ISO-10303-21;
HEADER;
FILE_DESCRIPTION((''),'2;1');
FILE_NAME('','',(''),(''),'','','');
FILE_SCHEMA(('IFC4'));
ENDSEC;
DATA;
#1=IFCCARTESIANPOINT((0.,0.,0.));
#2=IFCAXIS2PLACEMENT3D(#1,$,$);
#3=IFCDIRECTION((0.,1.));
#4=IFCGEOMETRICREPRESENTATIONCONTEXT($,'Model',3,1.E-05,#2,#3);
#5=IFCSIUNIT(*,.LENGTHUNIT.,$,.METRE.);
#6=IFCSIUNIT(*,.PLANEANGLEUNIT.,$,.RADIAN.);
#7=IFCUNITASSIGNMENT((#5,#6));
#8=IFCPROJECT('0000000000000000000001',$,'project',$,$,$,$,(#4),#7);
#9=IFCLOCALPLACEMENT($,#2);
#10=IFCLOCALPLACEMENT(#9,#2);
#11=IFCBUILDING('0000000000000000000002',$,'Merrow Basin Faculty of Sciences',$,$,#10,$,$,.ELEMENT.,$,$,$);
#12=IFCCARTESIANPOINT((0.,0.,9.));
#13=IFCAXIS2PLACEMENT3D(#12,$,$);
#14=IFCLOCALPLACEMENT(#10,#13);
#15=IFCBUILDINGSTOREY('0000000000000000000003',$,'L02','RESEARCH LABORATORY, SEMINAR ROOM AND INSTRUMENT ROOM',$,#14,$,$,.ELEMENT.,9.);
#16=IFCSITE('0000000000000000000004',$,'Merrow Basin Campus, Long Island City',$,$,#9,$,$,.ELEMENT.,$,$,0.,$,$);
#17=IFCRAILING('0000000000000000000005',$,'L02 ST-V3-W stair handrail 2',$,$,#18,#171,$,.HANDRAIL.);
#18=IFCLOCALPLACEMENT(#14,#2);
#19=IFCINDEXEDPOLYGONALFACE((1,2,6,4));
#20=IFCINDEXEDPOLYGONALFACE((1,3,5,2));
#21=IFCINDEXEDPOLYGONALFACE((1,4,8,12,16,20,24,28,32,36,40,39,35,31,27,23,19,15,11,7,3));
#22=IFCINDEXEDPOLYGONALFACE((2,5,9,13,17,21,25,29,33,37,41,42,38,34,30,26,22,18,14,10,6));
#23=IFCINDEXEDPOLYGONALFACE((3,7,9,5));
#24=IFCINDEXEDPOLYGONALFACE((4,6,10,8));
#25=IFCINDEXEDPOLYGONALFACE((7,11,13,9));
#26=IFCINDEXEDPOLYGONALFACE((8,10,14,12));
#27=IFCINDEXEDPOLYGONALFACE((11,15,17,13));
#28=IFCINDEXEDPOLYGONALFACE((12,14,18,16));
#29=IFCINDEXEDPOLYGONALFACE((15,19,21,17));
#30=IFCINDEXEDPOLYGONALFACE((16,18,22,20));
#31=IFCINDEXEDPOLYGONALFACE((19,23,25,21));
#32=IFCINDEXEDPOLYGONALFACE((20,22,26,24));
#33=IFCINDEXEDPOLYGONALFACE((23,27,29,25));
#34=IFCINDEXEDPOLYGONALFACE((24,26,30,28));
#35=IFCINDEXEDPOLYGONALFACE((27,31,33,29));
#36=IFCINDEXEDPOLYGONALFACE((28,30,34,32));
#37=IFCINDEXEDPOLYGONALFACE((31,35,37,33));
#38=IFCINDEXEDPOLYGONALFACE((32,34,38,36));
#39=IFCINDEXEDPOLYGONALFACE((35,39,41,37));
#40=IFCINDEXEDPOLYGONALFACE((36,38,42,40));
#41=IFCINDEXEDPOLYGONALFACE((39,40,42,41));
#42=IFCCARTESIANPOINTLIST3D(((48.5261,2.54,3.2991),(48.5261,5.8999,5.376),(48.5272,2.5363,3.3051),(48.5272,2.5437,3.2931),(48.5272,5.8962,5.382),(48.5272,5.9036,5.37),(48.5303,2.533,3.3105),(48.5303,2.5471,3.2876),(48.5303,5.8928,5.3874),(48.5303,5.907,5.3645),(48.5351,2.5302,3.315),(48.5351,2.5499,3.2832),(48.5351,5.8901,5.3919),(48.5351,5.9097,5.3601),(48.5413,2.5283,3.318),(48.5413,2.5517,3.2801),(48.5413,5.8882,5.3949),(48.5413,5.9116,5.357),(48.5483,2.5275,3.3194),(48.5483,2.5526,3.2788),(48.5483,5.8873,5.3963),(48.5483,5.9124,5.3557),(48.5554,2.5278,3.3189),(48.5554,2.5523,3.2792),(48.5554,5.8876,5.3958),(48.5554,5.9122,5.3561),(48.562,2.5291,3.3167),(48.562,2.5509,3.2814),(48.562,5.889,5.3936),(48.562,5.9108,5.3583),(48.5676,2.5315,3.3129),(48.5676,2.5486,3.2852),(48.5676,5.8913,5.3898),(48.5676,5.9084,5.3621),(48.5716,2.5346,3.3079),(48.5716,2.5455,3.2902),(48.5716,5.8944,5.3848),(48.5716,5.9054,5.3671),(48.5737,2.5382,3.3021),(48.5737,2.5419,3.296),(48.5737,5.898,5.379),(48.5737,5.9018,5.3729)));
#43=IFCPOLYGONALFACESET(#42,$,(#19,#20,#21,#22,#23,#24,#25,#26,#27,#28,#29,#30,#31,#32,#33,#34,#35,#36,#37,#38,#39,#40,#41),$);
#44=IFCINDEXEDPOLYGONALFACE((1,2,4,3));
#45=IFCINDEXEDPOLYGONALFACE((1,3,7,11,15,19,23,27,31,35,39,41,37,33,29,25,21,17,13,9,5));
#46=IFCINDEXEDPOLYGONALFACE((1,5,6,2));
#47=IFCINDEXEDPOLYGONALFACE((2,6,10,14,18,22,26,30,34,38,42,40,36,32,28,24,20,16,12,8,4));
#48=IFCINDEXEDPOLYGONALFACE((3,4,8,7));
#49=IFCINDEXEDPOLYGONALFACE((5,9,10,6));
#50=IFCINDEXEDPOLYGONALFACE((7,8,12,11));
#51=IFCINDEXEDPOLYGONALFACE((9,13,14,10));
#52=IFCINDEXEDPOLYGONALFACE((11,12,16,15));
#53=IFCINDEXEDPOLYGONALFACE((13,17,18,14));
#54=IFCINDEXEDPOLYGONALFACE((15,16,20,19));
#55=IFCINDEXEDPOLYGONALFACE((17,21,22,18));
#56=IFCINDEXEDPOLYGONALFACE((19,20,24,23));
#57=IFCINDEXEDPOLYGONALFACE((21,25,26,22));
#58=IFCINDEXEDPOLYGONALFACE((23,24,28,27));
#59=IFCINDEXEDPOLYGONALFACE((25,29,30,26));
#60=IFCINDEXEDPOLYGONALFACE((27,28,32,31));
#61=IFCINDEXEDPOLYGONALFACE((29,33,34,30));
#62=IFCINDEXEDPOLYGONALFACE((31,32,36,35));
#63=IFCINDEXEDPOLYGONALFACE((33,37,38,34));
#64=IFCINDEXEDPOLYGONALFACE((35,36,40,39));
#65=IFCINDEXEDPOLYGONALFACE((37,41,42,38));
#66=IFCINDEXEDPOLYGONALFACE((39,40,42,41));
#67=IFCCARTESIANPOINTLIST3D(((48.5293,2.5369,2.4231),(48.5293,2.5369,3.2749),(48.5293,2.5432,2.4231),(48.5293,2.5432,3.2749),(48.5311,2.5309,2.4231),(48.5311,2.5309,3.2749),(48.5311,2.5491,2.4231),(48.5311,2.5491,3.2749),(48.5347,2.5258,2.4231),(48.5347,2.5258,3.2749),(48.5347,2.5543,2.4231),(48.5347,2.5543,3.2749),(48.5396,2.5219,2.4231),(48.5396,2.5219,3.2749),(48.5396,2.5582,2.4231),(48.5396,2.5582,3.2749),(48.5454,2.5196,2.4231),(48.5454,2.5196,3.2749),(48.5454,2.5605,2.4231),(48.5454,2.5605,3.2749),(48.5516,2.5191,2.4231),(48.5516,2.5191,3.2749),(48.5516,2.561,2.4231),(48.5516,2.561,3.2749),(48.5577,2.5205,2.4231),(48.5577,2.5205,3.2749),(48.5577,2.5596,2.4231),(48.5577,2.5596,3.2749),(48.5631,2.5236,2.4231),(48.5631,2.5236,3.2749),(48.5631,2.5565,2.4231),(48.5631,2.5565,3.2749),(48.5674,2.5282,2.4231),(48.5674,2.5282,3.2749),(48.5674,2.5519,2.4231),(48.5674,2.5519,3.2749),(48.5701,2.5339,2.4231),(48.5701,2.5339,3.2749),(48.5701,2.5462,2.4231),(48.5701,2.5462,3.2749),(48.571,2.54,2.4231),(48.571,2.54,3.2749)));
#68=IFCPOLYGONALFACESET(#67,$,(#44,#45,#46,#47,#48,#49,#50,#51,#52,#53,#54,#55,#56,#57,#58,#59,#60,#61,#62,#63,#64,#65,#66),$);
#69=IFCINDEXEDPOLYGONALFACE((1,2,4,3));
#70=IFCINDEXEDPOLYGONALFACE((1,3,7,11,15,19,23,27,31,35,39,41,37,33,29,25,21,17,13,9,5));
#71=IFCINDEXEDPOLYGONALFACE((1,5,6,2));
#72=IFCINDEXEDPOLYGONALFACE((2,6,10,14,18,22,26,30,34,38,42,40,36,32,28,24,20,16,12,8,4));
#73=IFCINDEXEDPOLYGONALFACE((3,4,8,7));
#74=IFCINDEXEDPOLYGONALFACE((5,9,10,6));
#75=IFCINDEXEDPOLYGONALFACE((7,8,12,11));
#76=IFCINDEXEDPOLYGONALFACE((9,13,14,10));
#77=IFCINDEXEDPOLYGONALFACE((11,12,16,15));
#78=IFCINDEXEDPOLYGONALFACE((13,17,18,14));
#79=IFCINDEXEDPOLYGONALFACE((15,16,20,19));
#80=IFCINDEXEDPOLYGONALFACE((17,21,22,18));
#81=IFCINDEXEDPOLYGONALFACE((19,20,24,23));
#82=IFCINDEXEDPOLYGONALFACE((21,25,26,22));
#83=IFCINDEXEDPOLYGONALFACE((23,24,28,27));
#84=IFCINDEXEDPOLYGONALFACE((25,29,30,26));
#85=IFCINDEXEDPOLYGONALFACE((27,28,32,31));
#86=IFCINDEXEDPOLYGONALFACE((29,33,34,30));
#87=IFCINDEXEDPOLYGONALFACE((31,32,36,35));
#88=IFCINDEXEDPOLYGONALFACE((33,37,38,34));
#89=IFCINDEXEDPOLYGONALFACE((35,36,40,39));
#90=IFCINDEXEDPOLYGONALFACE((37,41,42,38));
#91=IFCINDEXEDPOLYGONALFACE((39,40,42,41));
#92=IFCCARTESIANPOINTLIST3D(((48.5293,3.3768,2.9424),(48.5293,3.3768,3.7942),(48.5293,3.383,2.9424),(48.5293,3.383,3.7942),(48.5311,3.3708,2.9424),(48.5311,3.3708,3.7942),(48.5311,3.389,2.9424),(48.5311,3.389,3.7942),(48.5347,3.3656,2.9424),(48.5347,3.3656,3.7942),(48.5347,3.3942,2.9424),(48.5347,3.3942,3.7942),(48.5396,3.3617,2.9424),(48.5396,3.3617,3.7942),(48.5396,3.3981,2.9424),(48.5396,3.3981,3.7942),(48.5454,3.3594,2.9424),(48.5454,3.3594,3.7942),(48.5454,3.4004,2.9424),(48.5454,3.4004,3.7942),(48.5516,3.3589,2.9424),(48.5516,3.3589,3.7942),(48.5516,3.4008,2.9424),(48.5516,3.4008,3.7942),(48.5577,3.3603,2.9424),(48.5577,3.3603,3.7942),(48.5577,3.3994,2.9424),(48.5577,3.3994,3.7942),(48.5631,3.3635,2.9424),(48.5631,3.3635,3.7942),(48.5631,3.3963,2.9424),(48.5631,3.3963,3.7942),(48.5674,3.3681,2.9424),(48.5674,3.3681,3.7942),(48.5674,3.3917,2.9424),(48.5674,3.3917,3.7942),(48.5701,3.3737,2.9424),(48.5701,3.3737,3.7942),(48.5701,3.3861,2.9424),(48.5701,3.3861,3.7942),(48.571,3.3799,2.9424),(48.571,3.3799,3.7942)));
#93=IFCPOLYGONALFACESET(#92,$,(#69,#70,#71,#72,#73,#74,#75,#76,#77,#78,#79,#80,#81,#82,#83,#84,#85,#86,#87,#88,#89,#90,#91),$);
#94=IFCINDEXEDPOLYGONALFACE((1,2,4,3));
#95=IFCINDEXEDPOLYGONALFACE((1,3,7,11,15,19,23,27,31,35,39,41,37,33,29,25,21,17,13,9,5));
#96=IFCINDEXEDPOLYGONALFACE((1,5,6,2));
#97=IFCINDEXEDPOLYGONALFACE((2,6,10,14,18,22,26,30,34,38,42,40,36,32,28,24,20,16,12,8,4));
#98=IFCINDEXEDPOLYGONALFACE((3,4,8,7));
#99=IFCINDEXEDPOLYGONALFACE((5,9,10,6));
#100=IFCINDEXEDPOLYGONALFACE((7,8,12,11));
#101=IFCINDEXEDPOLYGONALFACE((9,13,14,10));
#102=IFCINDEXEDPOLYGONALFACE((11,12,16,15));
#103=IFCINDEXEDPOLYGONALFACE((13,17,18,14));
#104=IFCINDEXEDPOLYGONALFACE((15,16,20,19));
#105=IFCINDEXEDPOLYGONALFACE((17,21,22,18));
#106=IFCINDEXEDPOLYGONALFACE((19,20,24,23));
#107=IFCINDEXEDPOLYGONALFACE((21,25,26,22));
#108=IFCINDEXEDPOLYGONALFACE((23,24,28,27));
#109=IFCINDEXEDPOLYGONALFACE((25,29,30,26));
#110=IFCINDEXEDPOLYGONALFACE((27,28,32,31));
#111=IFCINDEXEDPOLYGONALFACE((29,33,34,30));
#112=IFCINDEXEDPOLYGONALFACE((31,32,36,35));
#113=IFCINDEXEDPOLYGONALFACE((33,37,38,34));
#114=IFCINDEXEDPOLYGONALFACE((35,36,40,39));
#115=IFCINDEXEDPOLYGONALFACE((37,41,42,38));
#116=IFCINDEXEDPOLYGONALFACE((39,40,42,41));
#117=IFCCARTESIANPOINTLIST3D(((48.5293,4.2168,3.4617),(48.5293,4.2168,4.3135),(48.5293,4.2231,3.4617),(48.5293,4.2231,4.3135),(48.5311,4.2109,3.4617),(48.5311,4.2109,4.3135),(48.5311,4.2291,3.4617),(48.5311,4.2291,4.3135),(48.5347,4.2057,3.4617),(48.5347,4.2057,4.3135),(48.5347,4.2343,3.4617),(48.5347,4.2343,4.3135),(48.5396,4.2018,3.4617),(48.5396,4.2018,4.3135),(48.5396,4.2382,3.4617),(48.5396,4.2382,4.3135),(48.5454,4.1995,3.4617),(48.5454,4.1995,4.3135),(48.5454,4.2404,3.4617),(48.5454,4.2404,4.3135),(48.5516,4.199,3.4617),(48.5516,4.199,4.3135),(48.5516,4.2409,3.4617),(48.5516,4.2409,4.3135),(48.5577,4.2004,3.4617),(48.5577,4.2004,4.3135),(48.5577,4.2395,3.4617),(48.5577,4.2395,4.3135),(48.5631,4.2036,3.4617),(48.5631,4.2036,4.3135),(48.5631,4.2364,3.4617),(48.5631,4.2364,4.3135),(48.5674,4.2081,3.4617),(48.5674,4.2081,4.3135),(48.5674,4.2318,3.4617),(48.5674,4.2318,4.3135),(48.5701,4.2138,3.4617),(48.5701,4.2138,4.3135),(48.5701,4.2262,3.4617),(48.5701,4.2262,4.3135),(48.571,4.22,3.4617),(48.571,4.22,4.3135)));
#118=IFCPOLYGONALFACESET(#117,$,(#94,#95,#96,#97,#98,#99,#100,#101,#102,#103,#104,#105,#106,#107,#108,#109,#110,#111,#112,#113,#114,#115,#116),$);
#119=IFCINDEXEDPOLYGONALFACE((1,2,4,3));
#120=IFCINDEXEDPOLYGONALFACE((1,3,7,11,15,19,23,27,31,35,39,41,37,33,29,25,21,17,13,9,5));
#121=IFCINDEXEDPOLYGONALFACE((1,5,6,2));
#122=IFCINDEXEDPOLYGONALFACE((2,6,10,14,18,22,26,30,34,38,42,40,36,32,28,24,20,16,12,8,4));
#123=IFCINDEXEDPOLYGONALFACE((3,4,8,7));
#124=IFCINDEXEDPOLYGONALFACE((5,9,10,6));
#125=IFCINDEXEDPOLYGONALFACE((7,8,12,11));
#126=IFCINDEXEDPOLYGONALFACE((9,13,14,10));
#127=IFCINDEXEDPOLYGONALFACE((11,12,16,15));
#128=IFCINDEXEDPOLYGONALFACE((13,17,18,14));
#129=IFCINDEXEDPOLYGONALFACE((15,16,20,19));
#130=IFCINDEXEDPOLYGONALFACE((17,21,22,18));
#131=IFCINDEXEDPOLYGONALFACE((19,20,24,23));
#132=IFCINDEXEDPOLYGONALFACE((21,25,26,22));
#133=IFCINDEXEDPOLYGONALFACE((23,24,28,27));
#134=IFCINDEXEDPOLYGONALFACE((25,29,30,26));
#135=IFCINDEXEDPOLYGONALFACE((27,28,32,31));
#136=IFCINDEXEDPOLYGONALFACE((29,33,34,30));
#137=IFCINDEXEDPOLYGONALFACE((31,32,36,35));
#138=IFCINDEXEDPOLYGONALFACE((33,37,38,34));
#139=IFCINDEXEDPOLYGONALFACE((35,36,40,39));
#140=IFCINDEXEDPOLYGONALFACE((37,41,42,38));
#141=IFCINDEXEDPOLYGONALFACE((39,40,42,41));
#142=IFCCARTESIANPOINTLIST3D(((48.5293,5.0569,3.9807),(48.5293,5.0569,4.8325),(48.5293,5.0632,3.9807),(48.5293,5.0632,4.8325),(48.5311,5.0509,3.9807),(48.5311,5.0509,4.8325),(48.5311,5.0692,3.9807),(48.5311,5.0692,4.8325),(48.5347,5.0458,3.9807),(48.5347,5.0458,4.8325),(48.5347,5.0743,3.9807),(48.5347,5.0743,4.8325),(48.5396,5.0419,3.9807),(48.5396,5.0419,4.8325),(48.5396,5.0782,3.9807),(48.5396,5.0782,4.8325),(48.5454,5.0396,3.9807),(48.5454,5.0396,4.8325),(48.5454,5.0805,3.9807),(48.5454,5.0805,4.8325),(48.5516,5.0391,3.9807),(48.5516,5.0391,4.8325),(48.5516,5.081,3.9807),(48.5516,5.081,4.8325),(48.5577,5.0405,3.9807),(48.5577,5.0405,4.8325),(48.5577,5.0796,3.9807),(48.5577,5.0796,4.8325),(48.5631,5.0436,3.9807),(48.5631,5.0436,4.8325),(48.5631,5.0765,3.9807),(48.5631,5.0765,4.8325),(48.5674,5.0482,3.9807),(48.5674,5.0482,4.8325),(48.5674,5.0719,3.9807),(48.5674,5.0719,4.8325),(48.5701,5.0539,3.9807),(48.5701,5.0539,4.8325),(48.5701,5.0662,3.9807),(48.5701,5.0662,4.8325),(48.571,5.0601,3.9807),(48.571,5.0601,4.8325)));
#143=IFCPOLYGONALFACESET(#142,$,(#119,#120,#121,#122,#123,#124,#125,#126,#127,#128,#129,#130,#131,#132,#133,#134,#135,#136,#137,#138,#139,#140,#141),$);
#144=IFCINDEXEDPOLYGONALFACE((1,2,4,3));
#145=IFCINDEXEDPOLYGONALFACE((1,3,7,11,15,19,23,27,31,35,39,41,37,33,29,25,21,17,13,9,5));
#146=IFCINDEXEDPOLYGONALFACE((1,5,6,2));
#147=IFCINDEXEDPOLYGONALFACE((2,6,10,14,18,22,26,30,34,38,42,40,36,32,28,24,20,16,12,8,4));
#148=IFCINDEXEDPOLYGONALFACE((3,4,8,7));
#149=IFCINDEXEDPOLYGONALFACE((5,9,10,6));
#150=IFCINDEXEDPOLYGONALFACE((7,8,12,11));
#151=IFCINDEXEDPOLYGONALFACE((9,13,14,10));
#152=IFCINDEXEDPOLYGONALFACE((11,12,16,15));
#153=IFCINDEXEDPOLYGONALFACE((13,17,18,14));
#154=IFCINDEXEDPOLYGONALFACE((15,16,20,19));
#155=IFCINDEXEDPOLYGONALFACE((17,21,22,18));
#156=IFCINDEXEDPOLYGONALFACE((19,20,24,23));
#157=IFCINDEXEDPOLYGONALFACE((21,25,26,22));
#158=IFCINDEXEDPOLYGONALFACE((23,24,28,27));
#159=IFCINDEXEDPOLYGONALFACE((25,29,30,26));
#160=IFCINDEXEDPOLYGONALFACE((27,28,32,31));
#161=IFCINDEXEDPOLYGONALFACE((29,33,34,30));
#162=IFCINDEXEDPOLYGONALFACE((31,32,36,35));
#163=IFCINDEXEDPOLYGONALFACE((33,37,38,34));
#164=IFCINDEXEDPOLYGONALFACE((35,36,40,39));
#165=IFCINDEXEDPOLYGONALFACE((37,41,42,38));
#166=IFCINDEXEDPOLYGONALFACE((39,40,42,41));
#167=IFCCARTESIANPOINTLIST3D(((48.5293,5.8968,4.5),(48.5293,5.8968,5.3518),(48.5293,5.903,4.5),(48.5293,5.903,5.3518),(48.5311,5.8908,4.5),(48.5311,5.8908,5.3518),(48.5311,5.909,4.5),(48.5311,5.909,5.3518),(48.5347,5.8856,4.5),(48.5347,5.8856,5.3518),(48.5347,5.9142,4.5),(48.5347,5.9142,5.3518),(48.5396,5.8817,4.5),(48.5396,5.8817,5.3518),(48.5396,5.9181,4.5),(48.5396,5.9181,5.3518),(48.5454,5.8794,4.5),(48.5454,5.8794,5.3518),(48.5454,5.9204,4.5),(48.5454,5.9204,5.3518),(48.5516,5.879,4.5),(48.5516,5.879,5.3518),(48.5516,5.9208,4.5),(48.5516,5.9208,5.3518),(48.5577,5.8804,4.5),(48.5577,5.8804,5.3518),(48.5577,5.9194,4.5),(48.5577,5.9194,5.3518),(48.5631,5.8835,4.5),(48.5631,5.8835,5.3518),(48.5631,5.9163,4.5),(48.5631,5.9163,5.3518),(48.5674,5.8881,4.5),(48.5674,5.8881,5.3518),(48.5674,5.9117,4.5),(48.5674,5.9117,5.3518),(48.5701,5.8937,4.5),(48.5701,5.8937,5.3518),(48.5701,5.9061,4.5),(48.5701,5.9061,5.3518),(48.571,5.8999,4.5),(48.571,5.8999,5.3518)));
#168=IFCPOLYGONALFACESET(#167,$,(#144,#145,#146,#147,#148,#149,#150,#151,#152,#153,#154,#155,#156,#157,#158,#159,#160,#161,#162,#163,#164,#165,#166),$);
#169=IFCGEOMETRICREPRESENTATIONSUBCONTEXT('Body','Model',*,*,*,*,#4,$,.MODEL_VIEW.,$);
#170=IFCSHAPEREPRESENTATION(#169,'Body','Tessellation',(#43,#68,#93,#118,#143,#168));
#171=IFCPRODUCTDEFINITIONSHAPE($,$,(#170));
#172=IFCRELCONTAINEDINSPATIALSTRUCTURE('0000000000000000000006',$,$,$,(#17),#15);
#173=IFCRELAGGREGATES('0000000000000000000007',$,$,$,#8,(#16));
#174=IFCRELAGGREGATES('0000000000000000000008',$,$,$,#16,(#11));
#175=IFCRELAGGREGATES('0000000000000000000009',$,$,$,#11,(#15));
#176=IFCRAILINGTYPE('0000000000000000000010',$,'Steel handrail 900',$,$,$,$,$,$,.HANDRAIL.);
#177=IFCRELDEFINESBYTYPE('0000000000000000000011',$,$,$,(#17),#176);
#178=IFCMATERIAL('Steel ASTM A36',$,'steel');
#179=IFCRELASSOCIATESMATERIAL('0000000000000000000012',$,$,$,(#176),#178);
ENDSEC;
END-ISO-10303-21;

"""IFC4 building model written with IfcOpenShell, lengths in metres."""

from ifc_helpers import new_model, si_unit, direction, frame, origin, origin_2d, place, context, subcontext, project, spatial, circle, extrude, material, type_object, element, save


model = new_model("IFC4")

# Units and contexts
model_context = context("Model", 3, precision=1e-05, world=origin(), true_north=direction((0.0, 1.0)))
body_context = subcontext(model_context, "Body", "Model", "MODEL_VIEW")
ifc_project = project(units=[si_unit("LENGTHUNIT", "METRE"), si_unit("PLANEANGLEUNIT", "RADIAN")], contexts=[model_context])

# Site, building, storey
site_placement = place(None, origin())
site = spatial("IfcSite", under=ifc_project, at=site_placement, Name="Merrow Basin Campus, Long Island City", CompositionType="ELEMENT", RefElevation=0.0)
building_placement = place(site_placement, origin())
building = spatial("IfcBuilding", under=site, at=building_placement, Name="Merrow Basin Faculty of Sciences", CompositionType="ELEMENT")
storey_placement = place(building_placement, frame((0.0, 0.0, 9.0)))
storey = spatial("IfcBuildingStorey", under=building, at=storey_placement, Name="L02", Description="RESEARCH LABORATORY, SEMINAR ROOM AND INSTRUMENT ROOM", CompositionType="ELEMENT", Elevation=9.0)

# Railing
ifc_material_1 = material(Name="Steel ASTM A36", Category="steel")
railing_type_1 = type_object("IfcRailingType", Name="Steel handrail 900", PredefinedType="HANDRAIL", material=ifc_material_1)
railing_1_placement = place(storey_placement, frame((48.55, 2.54, 2.4231)))
element("IfcRailing", 1, at=railing_1_placement, inside=storey, type_object=railing_type_1, Name="L02 ST-V3-W stair handrail 2", PredefinedType="HANDRAIL", context=body_context, shape_type="SweptSolid", body=[
    extrude(circle(Radius=0.0239, at=origin_2d()), frame((0.0, 0.0, 0.876), z_axis=(0.0, 0.850606, 0.525803), x_axis=(-1.0, 0.0, 0.0)), (0.0, 0.0, 1.0), 3.95),
    extrude(circle(Radius=0.021, at=origin_2d()), origin(), (0.0, 0.0, 1.0), 0.8518),
    extrude(circle(Radius=0.021, at=origin_2d()), frame((0.0, 0.8398, 0.5193)), (0.0, 0.0, 1.0), 0.8518),
    extrude(circle(Radius=0.021, at=origin_2d()), frame((0.0, 1.6799, 1.0386)), (0.0, 0.0, 1.0), 0.8518),
    extrude(circle(Radius=0.021, at=origin_2d()), frame((0.0, 2.52, 1.5576)), (0.0, 0.0, 1.0), 0.8518),
    extrude(circle(Radius=0.021, at=origin_2d()), frame((0.0, 3.3599, 2.0769)), (0.0, 0.0, 1.0), 0.8518),
])

save(model, "model.ifc")
